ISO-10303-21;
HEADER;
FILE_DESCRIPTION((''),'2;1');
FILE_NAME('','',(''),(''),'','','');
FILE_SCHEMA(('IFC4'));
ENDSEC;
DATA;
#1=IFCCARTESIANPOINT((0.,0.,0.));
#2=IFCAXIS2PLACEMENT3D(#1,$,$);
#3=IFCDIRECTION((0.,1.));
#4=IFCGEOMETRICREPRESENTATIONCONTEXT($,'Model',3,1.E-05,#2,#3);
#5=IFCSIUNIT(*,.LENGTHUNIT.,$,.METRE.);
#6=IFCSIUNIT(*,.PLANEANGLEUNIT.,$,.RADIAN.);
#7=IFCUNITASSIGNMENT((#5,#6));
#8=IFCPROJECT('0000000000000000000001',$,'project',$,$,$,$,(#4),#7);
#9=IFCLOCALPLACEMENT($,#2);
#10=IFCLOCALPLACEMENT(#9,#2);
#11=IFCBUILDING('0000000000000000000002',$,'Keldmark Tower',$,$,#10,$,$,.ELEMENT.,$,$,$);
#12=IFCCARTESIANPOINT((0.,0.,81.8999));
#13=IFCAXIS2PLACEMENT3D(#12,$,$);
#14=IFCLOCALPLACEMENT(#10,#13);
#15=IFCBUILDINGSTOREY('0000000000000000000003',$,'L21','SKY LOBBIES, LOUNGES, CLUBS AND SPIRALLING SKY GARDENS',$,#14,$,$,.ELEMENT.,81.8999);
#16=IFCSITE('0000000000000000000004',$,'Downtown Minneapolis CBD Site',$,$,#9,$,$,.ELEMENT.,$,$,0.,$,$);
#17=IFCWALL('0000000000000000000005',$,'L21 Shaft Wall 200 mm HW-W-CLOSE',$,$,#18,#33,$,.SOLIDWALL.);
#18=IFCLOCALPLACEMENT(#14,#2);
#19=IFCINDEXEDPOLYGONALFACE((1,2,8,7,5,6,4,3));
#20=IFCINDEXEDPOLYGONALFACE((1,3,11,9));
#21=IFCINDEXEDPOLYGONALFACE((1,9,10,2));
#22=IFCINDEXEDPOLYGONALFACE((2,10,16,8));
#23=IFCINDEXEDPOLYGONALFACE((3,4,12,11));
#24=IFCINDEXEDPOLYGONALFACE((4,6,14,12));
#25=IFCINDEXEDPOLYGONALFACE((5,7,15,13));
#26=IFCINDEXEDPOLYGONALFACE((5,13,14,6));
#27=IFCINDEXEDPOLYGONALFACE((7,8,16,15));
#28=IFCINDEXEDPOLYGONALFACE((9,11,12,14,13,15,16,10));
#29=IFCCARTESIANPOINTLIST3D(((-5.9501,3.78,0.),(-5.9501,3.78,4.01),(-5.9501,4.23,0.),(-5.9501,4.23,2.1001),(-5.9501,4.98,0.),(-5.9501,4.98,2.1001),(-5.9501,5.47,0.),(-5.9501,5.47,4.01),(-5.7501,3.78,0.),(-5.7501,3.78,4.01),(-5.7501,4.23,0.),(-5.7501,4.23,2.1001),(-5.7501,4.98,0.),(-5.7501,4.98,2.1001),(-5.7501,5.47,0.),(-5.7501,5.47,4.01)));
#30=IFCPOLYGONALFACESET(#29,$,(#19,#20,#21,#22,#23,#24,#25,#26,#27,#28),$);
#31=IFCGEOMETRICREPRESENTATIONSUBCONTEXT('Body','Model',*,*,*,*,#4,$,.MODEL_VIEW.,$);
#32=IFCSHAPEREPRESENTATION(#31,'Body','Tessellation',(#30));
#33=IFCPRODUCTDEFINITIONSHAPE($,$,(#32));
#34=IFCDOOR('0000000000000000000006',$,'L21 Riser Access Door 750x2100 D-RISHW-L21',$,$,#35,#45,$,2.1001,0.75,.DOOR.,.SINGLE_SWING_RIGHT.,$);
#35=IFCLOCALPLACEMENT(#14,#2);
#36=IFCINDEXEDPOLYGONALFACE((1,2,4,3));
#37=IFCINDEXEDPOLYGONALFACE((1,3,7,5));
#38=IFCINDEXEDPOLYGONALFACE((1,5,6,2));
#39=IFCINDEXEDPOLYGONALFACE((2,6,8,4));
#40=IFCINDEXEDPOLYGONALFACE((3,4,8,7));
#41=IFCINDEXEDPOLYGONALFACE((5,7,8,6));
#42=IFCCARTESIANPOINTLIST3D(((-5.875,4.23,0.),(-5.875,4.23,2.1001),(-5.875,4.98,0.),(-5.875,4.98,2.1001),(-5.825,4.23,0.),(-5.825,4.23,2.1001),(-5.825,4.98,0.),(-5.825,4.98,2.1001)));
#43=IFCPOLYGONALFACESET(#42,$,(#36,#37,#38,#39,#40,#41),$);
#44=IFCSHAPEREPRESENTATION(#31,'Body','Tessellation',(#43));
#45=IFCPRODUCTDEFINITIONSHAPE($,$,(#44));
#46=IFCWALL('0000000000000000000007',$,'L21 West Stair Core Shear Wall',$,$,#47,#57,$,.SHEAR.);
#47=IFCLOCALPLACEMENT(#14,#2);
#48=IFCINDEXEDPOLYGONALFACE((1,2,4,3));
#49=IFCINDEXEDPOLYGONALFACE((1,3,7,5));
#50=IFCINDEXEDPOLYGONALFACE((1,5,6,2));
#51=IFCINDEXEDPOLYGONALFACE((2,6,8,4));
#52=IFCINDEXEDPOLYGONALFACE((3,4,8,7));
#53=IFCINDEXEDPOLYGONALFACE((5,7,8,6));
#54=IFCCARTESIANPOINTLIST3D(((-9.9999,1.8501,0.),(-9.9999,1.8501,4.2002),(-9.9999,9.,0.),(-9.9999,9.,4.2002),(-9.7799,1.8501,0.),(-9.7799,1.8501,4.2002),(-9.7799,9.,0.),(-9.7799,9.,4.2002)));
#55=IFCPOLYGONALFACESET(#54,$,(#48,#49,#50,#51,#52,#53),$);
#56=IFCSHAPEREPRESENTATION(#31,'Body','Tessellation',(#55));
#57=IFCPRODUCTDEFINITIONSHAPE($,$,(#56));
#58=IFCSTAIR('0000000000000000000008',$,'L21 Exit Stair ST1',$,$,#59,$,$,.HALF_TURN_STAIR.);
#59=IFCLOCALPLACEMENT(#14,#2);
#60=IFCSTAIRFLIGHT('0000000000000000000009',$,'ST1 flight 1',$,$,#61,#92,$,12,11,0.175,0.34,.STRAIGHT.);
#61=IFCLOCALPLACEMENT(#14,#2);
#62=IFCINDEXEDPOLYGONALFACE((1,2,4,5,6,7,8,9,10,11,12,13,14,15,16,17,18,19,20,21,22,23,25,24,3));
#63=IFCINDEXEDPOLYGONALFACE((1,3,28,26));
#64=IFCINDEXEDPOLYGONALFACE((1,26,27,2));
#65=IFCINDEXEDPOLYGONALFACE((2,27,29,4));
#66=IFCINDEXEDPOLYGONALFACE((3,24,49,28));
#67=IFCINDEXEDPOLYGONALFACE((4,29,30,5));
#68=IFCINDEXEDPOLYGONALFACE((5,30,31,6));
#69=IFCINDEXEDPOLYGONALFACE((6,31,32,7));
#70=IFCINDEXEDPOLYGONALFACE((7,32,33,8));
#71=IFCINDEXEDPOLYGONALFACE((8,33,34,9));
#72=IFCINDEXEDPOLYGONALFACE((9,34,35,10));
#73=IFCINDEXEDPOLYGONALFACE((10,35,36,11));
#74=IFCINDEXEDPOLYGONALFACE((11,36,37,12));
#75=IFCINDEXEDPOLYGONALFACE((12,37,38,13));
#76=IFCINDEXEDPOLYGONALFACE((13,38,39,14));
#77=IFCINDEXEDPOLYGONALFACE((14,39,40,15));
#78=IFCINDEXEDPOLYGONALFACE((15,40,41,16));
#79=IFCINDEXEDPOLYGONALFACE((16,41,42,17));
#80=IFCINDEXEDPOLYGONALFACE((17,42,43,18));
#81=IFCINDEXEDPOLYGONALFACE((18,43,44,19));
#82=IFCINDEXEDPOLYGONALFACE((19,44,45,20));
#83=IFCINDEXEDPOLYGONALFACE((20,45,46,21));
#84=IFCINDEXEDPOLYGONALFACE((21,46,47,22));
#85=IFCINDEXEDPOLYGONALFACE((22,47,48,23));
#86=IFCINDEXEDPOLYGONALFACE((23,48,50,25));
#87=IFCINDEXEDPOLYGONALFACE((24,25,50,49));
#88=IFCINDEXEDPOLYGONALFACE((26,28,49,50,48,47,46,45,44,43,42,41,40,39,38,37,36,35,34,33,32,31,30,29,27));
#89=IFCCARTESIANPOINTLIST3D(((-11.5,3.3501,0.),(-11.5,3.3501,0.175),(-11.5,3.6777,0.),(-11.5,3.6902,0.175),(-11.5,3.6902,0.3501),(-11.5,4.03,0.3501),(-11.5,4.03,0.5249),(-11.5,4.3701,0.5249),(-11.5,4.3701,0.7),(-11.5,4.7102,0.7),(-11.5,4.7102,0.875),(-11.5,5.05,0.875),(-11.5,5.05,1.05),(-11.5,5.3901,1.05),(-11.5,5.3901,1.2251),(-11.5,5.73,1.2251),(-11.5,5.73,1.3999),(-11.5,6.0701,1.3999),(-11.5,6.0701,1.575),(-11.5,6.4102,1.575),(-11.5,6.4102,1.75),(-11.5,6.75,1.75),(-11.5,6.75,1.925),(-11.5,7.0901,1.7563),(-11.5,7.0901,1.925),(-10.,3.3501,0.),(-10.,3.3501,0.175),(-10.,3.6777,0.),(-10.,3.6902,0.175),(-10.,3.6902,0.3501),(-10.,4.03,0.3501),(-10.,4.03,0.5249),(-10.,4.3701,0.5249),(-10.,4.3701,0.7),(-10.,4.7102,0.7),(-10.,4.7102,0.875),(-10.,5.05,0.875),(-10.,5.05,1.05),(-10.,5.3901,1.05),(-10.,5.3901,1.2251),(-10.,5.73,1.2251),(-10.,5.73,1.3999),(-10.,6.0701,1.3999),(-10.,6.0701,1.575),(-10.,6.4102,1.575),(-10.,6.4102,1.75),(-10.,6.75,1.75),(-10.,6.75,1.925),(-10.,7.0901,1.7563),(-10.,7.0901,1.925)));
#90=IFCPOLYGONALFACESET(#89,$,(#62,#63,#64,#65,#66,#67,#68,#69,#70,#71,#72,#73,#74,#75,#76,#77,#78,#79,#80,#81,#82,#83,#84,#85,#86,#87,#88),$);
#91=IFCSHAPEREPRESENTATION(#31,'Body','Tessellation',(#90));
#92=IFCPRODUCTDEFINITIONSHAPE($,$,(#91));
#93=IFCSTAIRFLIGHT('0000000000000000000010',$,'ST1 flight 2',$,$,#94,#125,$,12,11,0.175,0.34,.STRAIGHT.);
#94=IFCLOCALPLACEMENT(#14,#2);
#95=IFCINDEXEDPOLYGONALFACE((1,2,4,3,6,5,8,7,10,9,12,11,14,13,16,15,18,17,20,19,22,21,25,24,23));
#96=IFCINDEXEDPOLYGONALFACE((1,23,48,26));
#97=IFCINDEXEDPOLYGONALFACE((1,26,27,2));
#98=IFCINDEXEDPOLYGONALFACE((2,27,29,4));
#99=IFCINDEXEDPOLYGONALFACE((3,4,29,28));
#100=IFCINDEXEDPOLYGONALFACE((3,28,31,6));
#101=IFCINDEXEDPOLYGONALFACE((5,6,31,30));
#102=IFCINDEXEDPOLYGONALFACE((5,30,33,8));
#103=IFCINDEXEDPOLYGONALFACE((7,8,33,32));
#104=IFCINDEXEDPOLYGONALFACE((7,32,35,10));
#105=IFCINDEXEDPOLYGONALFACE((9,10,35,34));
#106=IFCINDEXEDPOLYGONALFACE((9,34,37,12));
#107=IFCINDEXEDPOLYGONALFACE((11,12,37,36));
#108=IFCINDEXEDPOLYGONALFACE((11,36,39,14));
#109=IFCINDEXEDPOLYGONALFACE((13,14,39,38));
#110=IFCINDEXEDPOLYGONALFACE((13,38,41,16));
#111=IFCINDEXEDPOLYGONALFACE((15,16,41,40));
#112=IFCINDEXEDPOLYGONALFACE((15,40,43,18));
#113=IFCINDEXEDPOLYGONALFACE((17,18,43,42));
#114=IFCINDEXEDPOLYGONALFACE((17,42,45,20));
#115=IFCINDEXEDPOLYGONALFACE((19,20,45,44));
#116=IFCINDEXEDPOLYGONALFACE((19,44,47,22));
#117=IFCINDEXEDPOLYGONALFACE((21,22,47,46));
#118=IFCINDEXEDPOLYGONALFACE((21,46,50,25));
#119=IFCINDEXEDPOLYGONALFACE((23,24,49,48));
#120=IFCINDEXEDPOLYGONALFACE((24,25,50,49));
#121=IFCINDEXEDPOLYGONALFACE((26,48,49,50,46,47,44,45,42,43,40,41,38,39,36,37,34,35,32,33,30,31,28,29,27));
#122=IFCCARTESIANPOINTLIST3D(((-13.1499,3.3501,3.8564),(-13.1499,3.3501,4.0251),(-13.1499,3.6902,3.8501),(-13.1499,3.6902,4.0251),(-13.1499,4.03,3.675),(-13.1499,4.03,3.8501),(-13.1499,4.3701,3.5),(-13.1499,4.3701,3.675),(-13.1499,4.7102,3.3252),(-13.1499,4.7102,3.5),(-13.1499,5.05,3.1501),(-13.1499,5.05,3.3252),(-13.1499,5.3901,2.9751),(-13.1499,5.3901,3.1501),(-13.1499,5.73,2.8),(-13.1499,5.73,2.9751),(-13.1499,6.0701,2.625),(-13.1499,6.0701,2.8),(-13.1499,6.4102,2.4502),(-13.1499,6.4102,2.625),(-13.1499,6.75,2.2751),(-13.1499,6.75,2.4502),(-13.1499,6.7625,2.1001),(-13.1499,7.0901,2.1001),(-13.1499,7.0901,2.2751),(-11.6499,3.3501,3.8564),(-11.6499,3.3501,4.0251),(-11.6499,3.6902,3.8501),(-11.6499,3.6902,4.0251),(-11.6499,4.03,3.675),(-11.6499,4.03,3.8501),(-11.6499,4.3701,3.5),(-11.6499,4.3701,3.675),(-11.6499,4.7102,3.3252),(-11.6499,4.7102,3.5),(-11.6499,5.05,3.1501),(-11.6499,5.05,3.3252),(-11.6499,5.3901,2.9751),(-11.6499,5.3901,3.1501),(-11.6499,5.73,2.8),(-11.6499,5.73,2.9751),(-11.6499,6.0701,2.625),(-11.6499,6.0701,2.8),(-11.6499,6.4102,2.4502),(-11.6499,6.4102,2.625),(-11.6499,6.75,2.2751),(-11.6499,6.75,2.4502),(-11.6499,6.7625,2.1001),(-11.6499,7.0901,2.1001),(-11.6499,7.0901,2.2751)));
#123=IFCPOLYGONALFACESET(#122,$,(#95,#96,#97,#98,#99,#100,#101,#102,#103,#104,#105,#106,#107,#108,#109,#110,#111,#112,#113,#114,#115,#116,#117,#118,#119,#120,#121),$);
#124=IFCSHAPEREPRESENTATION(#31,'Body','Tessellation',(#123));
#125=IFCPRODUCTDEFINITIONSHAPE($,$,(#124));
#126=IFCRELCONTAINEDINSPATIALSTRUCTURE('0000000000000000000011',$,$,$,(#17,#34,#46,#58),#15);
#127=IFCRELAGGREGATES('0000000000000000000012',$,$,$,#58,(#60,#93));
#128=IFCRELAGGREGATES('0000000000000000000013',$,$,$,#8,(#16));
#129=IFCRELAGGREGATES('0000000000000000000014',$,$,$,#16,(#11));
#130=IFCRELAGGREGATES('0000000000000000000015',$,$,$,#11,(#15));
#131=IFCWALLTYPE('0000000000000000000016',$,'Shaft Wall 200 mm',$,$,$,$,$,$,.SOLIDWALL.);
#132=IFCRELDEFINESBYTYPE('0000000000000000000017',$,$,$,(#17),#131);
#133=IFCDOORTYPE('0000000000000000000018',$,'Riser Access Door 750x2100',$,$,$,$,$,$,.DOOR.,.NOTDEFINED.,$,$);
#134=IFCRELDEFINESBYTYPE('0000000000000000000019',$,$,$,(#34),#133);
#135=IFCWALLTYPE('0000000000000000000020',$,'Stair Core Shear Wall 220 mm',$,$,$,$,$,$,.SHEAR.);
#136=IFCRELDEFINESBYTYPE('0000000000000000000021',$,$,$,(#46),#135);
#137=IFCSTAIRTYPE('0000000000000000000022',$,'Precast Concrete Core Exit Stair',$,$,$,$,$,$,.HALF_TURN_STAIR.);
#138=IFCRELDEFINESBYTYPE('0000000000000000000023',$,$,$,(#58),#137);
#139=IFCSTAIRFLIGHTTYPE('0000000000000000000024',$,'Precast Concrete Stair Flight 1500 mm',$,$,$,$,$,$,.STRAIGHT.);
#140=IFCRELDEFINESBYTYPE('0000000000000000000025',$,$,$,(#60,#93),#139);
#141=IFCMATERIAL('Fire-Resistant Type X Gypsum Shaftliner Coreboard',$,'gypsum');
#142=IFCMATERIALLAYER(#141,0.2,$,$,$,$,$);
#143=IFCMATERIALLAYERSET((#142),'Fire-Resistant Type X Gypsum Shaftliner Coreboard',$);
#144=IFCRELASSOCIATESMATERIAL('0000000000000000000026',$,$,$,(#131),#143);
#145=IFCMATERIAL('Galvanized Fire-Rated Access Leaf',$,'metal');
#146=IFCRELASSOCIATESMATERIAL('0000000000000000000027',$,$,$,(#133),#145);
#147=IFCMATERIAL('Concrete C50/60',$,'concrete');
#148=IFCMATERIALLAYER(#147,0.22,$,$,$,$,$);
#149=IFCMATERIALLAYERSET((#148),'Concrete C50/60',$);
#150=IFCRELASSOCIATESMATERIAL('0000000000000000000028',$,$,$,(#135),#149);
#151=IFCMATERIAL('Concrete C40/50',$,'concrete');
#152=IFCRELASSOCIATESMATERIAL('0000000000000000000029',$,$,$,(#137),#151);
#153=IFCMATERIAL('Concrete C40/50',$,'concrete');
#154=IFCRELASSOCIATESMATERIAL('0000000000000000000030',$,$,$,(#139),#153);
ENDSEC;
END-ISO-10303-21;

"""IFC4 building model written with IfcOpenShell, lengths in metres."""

from ifc_helpers import new_model, si_unit, direction, frame, frame_2d, origin, place, context, subcontext, project, spatial, polyline, rectangle, outline, extrude, material, layer, layer_set, type_object, element, fill, aggregate, save


model = new_model("IFC4")

# Units and contexts
model_context = context("Model", 3, precision=1e-05, world=origin(), true_north=direction((0.0, 1.0)))
body_context = subcontext(model_context, "Body", "Model", "MODEL_VIEW")
ifc_project = project(units=[si_unit("LENGTHUNIT", "METRE"), si_unit("PLANEANGLEUNIT", "RADIAN")], contexts=[model_context])

# Site, building, storey
site_placement = place(None, origin())
site = spatial("IfcSite", under=ifc_project, at=site_placement, Name="Downtown Minneapolis CBD Site", CompositionType="ELEMENT", RefElevation=0.0)
building_placement = place(site_placement, origin())
building = spatial("IfcBuilding", under=site, at=building_placement, Name="Keldmark Tower", CompositionType="ELEMENT")
storey_placement = place(building_placement, frame((0.0, 0.0, 81.8999)))
storey = spatial("IfcBuildingStorey", under=building, at=storey_placement, Name="L21", Description="SKY LOBBIES, LOUNGES, CLUBS AND SPIRALLING SKY GARDENS", CompositionType="ELEMENT", Elevation=81.8999)

# Shared definitions
ifc_material_1 = material(Name="Fire-Resistant Type X Gypsum Shaftliner Coreboard", Category="gypsum")
ifc_layer_1 = layer(ifc_material_1, 0.2)
ifc_layer_set_1 = layer_set([ifc_layer_1], Name="Fire-Resistant Type X Gypsum Shaftliner Coreboard")
wall_type_1 = type_object("IfcWallType", Name="Shaft Wall 200 mm", PredefinedType="SOLIDWALL", material=ifc_layer_set_1)

# Wall, opening, door
wall_1_placement = place(storey_placement, frame((-5.8501, 3.78, 0.0), z_axis=(0.0, 0.0, 1.0), x_axis=(0.0, 1.0, 0.0)))
wall_1 = element("IfcWall", 1, at=wall_1_placement, inside=storey, type_object=wall_type_1, Name="L21 Shaft Wall 200 mm HW-W-CLOSE", PredefinedType="SOLIDWALL", context=body_context, shape_type="SweptSolid", body=[
    extrude(rectangle(XDim=1.6899, YDim=0.2, at=frame_2d((0.845, 0.0))), origin(), (0.0, 0.0, 1.0), 4.01),
])
opening_placement = place(wall_1_placement, frame((0.45, 0.0, 0.0)))
opening = element("IfcOpeningElement", 2, at=opening_placement, cuts=wall_1, PredefinedType="OPENING", context=body_context, shape_type="SweptSolid", body=[
    extrude(rectangle(XDim=0.75, YDim=2.1001, at=frame_2d((0.375, 1.05))), frame((0.0, 0.1099, 0.0), z_axis=(0.0, -1.0, 0.0), x_axis=(1.0, 0.0, 0.0)), (0.0, 0.0, 1.0), 0.22),
])
ifc_material_2 = material(Name="Galvanized Fire-Rated Access Leaf", Category="metal")
door_type = type_object("IfcDoorType", Name="Riser Access Door 750x2100", OperationType="NOTDEFINED", PredefinedType="DOOR", material=ifc_material_2)
door_placement = place(opening_placement, origin())
door = element("IfcDoor", 3, at=door_placement, inside=storey, type_object=door_type, Name="L21 Riser Access Door 750x2100 D-RISHW-L21", OperationType="SINGLE_SWING_RIGHT", OverallHeight=2.1001, OverallWidth=0.75, PredefinedType="DOOR", context=body_context, shape_type="SweptSolid", body=[
    extrude(rectangle(XDim=0.75, YDim=2.1001, at=frame_2d((0.375, 1.05))), frame((0.0, 0.0249, 0.0), z_axis=(0.0, -1.0, 0.0), x_axis=(1.0, 0.0, 0.0)), (0.0, 0.0, 1.0), 0.05),
])
fill(opening, door)

# Wall
ifc_material_3 = material(Name="Concrete C50/60", Category="concrete")
ifc_layer_2 = layer(ifc_material_3, 0.22)
ifc_layer_set_2 = layer_set([ifc_layer_2], Name="Concrete C50/60")
wall_type_2 = type_object("IfcWallType", Name="Stair Core Shear Wall 220 mm", PredefinedType="SHEAR", material=ifc_layer_set_2)
wall_2_placement = place(storey_placement, frame((-9.8899, 1.8501, 0.0), z_axis=(0.0, 0.0, 1.0), x_axis=(0.0, 1.0, 0.0)))
element("IfcWall", 4, at=wall_2_placement, inside=storey, type_object=wall_type_2, Name="L21 West Stair Core Shear Wall", PredefinedType="SHEAR", context=body_context, shape_type="SweptSolid", body=[
    extrude(rectangle(XDim=7.1499, YDim=0.22, at=frame_2d((3.575, 0.0))), origin(), (0.0, 0.0, 1.0), 4.2002),
])

# Stair, stair flights
ifc_material_4 = material(Name="Concrete C40/50", Category="concrete")
stair_type = type_object("IfcStairType", Name="Precast Concrete Core Exit Stair", PredefinedType="HALF_TURN_STAIR", material=ifc_material_4)
stair_placement = place(storey_placement, origin())
stair = element("IfcStair", 5, at=stair_placement, inside=storey, type_object=stair_type, Name="L21 Exit Stair ST1", PredefinedType="HALF_TURN_STAIR")
ifc_material_5 = material(Name="Concrete C40/50", Category="concrete")
stair_flight_type = type_object("IfcStairFlightType", Name="Precast Concrete Stair Flight 1500 mm", PredefinedType="STRAIGHT", material=ifc_material_5)
stair_flight_1_placement = place(storey_placement, frame((-10.75, 3.3501, 0.0), z_axis=(0.0, 0.0, 1.0), x_axis=(0.0, 1.0, 0.0)))
stair_flight_1 = element("IfcStairFlight", 6, at=stair_flight_1_placement, type_object=stair_flight_type, Name="ST1 flight 1", NumberOfRisers=12, NumberOfTreads=11, PredefinedType="STRAIGHT", RiserHeight=0.175, TreadLength=0.34, context=body_context, shape_type="SweptSolid", body=[
    extrude(outline(polyline([(0.0, 0.0), (0.0, 0.175), (0.3401, 0.175), (0.3401, 0.3501), (0.6799, 0.3501), (0.6799, 0.5249), (1.02, 0.5249), (1.02, 0.7), (1.3601, 0.7), (1.3601, 0.875), (1.7, 0.875), (1.7, 1.05), (2.04, 1.05), (2.04, 1.2251), (2.3799, 1.2251), (2.3799, 1.3999), (2.72, 1.3999), (2.72, 1.575), (3.0601, 1.575), (3.0601, 1.75), (3.3999, 1.75), (3.3999, 1.925), (3.74, 1.925), (3.74, 2.1001), (3.74, 1.7563), (0.3276, 0.0), (0.0, 0.0)])), frame((0.0, 0.75, 0.0), z_axis=(0.0, -1.0, 0.0), x_axis=(1.0, 0.0, 0.0)), (0.0, 0.0, 1.0), 1.5),
])
stair_flight_2_placement = place(storey_placement, frame((-12.3999, 7.0901, 2.1001), z_axis=(0.0, 0.0, 1.0), x_axis=(0.0, -1.0, 0.0)))
stair_flight_2 = element("IfcStairFlight", 7, at=stair_flight_2_placement, type_object=stair_flight_type, Name="ST1 flight 2", NumberOfRisers=12, NumberOfTreads=11, PredefinedType="STRAIGHT", RiserHeight=0.175, TreadLength=0.34, context=body_context, shape_type="SweptSolid", body=[
    extrude(outline(polyline([(0.0, 0.0), (0.0, 0.175), (0.3401, 0.175), (0.3401, 0.3501), (0.6799, 0.3501), (0.6799, 0.5249), (1.02, 0.5249), (1.02, 0.7), (1.3601, 0.7), (1.3601, 0.875), (1.7, 0.875), (1.7, 1.05), (2.04, 1.05), (2.04, 1.2251), (2.3799, 1.2251), (2.3799, 1.3999), (2.72, 1.3999), (2.72, 1.575), (3.0601, 1.575), (3.0601, 1.75), (3.3999, 1.75), (3.3999, 1.925), (3.74, 1.925), (3.74, 2.1001), (3.74, 1.7563), (0.3276, 0.0), (0.0, 0.0)])), frame((0.0, 0.75, 0.0), z_axis=(0.0, -1.0, 0.0), x_axis=(1.0, 0.0, 0.0)), (0.0, 0.0, 1.0), 1.5),
])
aggregate(stair, [stair_flight_1, stair_flight_2])

save(model, "model.ifc")
